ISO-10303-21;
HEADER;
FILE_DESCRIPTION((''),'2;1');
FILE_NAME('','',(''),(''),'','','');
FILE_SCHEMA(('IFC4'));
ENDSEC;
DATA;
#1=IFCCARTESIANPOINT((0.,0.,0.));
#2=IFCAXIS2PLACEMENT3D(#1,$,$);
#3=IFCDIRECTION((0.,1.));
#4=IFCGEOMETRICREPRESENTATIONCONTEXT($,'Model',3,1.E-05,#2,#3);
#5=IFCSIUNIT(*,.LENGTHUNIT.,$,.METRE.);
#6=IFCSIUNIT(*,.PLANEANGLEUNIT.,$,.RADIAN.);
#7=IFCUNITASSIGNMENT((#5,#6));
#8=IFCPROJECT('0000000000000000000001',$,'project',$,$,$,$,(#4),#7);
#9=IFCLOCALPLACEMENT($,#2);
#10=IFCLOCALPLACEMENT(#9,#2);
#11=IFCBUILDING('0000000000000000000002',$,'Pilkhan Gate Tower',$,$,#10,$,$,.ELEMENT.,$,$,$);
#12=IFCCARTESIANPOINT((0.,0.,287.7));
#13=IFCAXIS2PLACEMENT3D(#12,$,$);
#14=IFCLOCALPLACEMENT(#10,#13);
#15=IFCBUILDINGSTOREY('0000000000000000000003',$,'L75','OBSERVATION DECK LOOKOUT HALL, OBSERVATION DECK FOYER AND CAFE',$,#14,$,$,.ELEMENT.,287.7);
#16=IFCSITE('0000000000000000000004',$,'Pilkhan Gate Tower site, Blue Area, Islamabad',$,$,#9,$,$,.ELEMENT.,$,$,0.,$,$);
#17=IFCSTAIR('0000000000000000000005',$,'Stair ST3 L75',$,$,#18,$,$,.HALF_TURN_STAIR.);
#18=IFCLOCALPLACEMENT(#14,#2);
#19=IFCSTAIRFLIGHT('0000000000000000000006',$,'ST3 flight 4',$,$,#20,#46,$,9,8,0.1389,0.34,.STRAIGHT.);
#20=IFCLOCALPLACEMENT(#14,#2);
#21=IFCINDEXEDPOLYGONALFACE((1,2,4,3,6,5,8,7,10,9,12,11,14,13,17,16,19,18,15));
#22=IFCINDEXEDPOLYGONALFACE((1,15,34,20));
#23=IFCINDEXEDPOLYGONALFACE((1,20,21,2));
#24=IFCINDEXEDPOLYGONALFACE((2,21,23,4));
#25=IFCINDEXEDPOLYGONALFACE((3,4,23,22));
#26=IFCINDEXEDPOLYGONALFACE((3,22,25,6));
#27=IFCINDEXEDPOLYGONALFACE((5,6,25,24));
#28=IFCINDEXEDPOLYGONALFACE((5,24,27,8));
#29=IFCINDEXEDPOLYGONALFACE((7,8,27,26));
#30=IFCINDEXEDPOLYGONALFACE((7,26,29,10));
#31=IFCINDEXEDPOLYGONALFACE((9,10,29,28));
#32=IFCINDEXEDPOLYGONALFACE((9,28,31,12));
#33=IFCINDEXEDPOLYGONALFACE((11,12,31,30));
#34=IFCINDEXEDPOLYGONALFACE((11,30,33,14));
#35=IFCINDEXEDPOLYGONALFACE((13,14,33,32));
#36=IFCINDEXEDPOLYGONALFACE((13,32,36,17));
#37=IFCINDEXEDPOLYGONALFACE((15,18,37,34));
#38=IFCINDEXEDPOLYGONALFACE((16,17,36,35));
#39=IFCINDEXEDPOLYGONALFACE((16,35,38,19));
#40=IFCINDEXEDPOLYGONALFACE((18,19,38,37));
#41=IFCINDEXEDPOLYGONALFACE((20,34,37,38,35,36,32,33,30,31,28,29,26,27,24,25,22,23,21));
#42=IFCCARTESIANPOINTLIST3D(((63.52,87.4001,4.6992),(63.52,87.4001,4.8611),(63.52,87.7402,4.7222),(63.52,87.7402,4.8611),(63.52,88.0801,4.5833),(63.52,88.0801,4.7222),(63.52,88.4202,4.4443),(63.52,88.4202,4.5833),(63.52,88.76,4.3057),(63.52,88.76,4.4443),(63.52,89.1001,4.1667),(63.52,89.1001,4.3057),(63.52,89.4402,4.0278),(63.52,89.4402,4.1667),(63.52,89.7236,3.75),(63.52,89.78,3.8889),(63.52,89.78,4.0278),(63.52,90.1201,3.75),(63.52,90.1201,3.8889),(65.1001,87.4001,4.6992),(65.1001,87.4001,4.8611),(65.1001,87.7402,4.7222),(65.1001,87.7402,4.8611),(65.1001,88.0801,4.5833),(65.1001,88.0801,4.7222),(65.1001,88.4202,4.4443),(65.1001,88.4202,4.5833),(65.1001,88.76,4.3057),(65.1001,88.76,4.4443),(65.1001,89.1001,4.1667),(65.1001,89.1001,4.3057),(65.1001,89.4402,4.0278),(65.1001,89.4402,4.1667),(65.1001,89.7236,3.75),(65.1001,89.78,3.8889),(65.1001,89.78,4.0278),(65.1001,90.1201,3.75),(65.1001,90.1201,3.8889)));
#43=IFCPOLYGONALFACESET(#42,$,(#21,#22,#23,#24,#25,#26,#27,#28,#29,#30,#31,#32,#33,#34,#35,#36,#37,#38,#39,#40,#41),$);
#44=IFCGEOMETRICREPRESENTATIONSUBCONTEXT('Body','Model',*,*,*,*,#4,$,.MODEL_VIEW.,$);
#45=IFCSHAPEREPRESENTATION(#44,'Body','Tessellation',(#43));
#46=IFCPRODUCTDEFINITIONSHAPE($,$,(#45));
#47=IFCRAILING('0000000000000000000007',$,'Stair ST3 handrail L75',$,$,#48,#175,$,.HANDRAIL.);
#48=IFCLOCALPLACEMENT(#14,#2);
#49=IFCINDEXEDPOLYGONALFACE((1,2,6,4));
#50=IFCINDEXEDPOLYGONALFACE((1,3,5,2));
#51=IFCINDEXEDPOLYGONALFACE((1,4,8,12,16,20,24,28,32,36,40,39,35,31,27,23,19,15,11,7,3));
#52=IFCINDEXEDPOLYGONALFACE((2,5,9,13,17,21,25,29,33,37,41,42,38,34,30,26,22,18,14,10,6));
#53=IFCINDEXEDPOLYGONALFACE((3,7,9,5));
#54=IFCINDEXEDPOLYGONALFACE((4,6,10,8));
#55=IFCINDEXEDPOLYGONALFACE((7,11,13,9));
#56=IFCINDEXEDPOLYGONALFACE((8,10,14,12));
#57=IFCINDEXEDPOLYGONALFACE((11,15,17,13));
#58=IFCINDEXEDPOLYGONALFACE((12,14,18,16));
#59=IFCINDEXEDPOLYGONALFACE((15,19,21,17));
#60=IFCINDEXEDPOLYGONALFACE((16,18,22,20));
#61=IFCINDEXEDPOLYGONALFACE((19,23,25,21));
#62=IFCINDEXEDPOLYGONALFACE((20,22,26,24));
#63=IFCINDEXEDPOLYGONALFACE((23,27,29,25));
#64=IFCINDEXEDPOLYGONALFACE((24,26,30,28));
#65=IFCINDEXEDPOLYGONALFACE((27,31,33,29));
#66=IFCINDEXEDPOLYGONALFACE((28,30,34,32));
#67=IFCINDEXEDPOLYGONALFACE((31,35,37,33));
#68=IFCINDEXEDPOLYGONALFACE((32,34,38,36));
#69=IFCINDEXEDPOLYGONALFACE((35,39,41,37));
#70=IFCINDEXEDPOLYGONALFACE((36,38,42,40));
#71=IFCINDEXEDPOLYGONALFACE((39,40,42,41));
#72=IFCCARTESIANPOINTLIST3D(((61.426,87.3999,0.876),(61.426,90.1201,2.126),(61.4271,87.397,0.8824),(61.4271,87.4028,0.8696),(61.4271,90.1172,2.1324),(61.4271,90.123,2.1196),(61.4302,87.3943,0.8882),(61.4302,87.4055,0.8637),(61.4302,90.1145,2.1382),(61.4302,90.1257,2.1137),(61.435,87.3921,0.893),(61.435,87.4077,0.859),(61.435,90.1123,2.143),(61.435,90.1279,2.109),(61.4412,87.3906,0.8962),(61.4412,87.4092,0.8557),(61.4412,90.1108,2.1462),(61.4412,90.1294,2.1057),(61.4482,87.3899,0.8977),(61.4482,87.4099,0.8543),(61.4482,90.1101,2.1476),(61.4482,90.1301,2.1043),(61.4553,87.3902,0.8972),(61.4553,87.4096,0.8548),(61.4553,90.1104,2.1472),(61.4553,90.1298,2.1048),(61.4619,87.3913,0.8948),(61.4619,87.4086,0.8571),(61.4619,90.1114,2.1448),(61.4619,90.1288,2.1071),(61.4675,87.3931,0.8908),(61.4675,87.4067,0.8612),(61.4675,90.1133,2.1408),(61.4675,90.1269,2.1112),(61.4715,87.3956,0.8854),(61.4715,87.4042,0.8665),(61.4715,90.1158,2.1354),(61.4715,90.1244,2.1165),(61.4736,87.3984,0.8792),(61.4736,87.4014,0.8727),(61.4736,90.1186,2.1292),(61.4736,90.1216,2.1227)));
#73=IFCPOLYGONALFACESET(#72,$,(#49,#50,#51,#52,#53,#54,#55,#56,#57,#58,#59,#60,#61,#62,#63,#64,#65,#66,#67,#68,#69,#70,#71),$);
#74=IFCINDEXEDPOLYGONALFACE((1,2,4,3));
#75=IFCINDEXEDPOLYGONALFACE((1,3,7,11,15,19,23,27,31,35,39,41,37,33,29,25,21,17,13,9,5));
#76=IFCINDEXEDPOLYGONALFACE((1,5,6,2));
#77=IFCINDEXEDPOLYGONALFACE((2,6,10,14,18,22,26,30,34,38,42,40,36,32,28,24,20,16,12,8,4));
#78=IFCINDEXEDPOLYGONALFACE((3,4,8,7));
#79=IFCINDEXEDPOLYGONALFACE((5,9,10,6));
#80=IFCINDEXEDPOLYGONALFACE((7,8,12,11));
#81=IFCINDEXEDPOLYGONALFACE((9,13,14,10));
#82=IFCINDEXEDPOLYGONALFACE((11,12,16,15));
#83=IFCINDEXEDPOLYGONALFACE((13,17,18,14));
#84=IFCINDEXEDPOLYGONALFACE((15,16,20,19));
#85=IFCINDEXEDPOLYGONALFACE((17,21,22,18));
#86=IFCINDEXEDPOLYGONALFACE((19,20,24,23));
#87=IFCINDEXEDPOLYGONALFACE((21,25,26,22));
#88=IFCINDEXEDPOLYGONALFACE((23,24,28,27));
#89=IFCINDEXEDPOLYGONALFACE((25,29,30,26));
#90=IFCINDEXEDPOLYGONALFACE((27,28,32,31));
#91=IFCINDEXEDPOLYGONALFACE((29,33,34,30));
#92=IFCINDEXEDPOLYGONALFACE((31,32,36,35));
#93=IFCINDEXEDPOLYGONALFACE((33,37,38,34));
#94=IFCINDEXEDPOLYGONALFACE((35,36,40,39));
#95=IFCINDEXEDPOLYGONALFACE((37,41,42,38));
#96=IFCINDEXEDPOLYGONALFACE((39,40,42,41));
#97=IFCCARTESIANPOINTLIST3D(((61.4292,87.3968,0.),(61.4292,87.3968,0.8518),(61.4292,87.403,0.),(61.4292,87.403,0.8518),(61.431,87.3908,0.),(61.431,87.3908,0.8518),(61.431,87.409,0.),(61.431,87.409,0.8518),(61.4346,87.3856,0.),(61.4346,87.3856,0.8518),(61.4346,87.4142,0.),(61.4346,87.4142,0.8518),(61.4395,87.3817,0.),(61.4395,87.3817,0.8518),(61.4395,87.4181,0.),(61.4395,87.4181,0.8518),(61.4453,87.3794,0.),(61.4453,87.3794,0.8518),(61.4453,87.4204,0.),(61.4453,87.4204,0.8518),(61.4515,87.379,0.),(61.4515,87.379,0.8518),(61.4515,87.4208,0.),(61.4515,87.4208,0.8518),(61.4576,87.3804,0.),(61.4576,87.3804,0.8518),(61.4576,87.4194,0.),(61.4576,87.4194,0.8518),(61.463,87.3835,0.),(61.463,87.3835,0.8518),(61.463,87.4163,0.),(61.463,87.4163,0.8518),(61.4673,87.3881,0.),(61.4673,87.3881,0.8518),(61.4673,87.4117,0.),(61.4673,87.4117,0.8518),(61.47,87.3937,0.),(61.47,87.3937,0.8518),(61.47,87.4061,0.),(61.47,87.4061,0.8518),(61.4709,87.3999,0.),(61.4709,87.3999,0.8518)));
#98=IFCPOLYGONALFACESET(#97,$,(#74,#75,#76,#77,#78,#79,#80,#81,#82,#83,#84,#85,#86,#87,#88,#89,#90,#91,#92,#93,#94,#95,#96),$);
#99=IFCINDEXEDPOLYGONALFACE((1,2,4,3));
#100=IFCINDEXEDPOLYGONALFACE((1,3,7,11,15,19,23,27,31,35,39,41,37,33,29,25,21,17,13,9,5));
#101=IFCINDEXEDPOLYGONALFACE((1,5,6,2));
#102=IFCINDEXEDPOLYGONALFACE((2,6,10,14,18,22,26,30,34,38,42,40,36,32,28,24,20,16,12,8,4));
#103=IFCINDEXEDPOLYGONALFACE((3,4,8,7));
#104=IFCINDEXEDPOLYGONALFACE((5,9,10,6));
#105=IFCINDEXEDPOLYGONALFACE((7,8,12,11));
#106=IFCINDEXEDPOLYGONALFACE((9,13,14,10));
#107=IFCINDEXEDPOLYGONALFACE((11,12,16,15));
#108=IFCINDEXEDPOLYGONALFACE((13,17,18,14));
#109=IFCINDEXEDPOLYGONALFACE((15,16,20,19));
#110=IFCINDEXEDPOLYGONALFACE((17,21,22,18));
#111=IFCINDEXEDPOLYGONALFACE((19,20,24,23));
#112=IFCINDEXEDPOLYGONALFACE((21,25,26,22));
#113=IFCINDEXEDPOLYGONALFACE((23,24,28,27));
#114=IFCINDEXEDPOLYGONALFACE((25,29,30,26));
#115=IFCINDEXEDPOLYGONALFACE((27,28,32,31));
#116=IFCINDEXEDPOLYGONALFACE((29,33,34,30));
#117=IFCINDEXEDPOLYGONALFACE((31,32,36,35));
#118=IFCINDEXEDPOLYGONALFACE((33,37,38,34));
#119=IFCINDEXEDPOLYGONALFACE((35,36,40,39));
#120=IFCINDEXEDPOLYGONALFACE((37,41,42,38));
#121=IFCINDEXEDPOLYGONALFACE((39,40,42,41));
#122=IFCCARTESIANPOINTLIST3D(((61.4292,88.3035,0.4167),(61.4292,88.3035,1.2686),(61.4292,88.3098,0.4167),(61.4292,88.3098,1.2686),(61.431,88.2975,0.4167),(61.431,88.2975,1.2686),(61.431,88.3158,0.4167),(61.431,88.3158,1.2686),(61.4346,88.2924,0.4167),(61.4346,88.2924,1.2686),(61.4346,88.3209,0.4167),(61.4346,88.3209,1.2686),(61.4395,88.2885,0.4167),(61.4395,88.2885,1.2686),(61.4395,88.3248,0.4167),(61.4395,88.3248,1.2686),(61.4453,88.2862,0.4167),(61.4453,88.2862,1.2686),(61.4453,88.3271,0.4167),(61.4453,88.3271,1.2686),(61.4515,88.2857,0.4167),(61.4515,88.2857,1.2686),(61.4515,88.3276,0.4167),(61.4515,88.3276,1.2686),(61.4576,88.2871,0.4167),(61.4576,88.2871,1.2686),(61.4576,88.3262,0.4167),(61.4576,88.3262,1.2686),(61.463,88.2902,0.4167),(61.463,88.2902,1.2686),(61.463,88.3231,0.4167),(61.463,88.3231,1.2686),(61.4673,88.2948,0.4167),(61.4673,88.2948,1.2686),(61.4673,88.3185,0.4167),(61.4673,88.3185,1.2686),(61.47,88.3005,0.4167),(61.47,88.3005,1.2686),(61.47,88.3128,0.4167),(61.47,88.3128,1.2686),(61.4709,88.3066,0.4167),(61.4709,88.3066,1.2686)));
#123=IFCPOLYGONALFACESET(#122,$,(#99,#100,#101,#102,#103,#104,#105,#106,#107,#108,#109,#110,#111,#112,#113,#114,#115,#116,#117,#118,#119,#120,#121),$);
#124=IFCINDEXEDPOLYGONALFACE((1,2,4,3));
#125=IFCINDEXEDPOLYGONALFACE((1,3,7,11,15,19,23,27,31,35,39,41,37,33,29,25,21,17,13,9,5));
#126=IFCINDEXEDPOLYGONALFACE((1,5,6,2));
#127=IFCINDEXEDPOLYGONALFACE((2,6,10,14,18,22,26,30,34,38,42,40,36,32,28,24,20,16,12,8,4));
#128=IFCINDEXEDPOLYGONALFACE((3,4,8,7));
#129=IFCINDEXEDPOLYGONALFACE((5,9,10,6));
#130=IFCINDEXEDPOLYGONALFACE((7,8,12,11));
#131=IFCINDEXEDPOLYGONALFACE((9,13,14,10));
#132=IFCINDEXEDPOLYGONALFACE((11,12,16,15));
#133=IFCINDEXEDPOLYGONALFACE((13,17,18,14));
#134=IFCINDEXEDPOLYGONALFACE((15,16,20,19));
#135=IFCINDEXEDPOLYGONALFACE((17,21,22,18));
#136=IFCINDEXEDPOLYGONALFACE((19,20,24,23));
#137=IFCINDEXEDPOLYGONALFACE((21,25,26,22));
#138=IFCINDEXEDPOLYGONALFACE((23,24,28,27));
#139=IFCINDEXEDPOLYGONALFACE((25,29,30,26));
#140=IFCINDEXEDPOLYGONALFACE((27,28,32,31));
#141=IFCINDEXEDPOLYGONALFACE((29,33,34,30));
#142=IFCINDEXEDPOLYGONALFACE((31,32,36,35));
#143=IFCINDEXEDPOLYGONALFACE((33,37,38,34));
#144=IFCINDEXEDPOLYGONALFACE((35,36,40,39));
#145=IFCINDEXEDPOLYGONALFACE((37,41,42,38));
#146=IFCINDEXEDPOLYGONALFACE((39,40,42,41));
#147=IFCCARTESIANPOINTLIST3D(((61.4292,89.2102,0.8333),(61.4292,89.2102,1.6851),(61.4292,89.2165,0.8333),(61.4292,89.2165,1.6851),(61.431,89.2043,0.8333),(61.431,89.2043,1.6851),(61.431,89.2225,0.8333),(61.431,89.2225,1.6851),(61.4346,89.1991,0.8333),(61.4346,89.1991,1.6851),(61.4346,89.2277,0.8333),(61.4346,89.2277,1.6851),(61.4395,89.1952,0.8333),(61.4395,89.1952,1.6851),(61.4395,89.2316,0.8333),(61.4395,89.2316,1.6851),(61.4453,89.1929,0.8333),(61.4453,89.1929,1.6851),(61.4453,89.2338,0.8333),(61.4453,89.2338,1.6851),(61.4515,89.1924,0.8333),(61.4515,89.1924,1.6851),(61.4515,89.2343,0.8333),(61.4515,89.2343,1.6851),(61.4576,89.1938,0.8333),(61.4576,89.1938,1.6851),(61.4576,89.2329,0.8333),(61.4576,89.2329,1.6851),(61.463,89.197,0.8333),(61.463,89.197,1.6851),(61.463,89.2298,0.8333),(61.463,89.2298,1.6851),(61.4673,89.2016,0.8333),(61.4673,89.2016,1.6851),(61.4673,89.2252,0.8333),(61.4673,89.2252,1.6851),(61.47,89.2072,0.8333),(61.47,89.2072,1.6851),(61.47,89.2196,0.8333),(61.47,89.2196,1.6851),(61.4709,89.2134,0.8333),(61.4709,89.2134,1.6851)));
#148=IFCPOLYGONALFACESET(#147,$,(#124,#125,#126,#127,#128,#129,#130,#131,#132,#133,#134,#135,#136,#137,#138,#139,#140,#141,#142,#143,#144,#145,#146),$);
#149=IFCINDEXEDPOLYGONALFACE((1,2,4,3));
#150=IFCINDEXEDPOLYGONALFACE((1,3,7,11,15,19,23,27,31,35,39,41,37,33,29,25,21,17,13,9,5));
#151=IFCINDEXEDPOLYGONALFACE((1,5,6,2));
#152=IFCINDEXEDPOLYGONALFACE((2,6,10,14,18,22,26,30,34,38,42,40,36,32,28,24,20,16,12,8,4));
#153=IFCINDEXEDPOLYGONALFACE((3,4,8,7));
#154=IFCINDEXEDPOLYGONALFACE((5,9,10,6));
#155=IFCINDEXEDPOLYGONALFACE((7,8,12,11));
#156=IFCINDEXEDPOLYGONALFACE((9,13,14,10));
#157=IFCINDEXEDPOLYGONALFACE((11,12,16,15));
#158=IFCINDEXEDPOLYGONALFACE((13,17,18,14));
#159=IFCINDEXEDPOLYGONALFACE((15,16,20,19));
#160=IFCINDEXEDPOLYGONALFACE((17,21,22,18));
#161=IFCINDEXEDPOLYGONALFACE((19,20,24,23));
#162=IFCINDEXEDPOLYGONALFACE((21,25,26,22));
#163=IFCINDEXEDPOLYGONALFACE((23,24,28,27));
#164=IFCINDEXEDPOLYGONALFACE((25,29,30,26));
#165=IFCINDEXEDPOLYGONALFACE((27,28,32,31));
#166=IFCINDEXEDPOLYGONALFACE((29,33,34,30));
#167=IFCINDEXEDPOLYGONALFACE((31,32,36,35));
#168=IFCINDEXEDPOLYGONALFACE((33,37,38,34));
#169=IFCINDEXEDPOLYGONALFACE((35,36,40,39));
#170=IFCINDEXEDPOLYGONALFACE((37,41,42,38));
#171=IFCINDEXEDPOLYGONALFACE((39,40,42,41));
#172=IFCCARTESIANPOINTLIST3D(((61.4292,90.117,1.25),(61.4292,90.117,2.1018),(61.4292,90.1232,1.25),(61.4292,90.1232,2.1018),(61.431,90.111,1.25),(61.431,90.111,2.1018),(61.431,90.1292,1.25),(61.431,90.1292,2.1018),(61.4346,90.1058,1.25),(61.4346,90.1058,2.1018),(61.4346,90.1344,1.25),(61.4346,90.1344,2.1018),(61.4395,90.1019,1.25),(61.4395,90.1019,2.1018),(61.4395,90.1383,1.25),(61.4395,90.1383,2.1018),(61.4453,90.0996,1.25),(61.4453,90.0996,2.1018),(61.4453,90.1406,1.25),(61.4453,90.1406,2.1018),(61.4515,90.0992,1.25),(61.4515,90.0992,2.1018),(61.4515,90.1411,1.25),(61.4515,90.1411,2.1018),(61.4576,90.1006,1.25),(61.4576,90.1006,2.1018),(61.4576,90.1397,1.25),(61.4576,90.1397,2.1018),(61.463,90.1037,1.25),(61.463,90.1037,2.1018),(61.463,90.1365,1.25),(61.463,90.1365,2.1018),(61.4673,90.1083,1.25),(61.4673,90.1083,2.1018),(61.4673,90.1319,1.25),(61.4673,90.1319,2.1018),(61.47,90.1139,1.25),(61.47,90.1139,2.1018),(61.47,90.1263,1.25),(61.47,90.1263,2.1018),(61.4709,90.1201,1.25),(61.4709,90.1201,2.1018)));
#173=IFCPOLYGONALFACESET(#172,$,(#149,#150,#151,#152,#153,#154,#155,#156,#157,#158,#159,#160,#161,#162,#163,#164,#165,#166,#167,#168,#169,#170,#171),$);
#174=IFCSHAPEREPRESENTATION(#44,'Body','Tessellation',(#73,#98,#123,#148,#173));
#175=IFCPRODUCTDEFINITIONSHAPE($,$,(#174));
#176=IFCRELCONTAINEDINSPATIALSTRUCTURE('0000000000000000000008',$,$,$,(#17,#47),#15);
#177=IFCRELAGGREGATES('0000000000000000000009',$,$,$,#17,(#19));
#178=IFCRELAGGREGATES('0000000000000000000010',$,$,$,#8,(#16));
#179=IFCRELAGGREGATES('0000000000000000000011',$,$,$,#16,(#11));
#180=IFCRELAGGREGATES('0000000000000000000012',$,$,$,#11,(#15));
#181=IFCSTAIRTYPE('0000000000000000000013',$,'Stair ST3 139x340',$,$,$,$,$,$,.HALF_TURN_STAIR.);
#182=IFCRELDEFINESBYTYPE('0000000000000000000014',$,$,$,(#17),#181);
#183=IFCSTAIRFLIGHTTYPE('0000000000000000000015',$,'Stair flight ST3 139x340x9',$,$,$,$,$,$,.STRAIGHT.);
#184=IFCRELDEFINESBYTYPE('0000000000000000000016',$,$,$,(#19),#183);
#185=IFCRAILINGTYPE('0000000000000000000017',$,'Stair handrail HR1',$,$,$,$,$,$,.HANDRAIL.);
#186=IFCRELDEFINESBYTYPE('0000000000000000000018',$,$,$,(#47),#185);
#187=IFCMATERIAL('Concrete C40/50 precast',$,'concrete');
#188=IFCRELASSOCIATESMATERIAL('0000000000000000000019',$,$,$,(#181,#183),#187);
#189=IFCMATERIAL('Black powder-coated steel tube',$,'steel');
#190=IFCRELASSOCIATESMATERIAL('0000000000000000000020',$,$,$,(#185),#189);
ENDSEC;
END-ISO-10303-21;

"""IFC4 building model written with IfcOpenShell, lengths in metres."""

from ifc_helpers import new_model, si_unit, direction, frame, origin, origin_2d, place, context, subcontext, project, spatial, polyline, circle, outline, extrude, material, type_object, element, aggregate, save


model = new_model("IFC4")

# Units and contexts
model_context = context("Model", 3, precision=1e-05, world=origin(), true_north=direction((0.0, 1.0)))
body_context = subcontext(model_context, "Body", "Model", "MODEL_VIEW")
ifc_project = project(units=[si_unit("LENGTHUNIT", "METRE"), si_unit("PLANEANGLEUNIT", "RADIAN")], contexts=[model_context])

# Site, building, storey
site_placement = place(None, origin())
site = spatial("IfcSite", under=ifc_project, at=site_placement, Name="Pilkhan Gate Tower site, Blue Area, Islamabad", CompositionType="ELEMENT", RefElevation=0.0)
building_placement = place(site_placement, origin())
building = spatial("IfcBuilding", under=site, at=building_placement, Name="Pilkhan Gate Tower", CompositionType="ELEMENT")
storey_placement = place(building_placement, frame((0.0, 0.0, 287.7)))
storey = spatial("IfcBuildingStorey", under=building, at=storey_placement, Name="L75", Description="OBSERVATION DECK LOOKOUT HALL, OBSERVATION DECK FOYER AND CAFE", CompositionType="ELEMENT", Elevation=287.7)

# Stair, stair flight
ifc_material_1 = material(Name="Concrete C40/50 precast", Category="concrete")
stair_type = type_object("IfcStairType", Name="Stair ST3 139x340", PredefinedType="HALF_TURN_STAIR", material=ifc_material_1)
stair_placement = place(storey_placement, origin())
stair = element("IfcStair", 1, at=stair_placement, inside=storey, type_object=stair_type, Name="Stair ST3 L75", PredefinedType="HALF_TURN_STAIR")
stair_flight_type = type_object("IfcStairFlightType", Name="Stair flight ST3 139x340x9", PredefinedType="STRAIGHT", material=ifc_material_1)
stair_flight_1_placement = place(storey_placement, frame((64.3101, 90.1201, 3.75), z_axis=(0.0, 0.0, 1.0), x_axis=(0.0, -1.0, 0.0)))
stair_flight_1 = element("IfcStairFlight", 2, at=stair_flight_1_placement, type_object=stair_flight_type, Name="ST3 flight 4", NumberOfRisers=9, NumberOfTreads=8, PredefinedType="STRAIGHT", RiserHeight=0.1389, TreadLength=0.34, context=body_context, shape_type="SweptSolid", body=[
    extrude(outline(polyline([(0.0, 0.0), (0.0, 0.1389), (0.3401, 0.1389), (0.3401, 0.2778), (0.6799, 0.2778), (0.6799, 0.4167), (1.02, 0.4167), (1.02, 0.5557), (1.3601, 0.5557), (1.3601, 0.6943), (1.7, 0.6943), (1.7, 0.8333), (2.04, 0.8333), (2.04, 0.9722), (2.3799, 0.9722), (2.3799, 1.1111), (2.72, 1.1111), (2.72, 1.25), (2.72, 0.9492), (0.3965, 0.0), (0.0, 0.0)])), frame((0.0, 0.79, 0.0), z_axis=(0.0, -1.0, 0.0), x_axis=(1.0, 0.0, 0.0)), (0.0, 0.0, 1.0), 1.5801),
])
aggregate(stair, [stair_flight_1])

# Railing
ifc_material_2 = material(Name="Black powder-coated steel tube", Category="steel")
railing_type_1 = type_object("IfcRailingType", Name="Stair handrail HR1", PredefinedType="HANDRAIL", material=ifc_material_2)
railing_1_placement = place(storey_placement, frame((61.45, 87.3999, 0.0)))
element("IfcRailing", 3, at=railing_1_placement, inside=storey, type_object=railing_type_1, Name="Stair ST3 handrail L75", PredefinedType="HANDRAIL", context=body_context, shape_type="SweptSolid", body=[
    extrude(circle(Radius=0.0239, at=origin_2d()), frame((0.0, 0.0, 0.876), z_axis=(0.0, 0.908655, 0.417547), x_axis=(-1.0, 0.0, 0.0)), (0.0, 0.0, 1.0), 2.9937),
    extrude(circle(Radius=0.021, at=origin_2d()), origin(), (0.0, 0.0, 1.0), 0.8518),
    extrude(circle(Radius=0.021, at=origin_2d()), frame((0.0, 0.9067, 0.4167)), (0.0, 0.0, 1.0), 0.8518),
    extrude(circle(Radius=0.021, at=origin_2d()), frame((0.0, 1.8135, 0.8333)), (0.0, 0.0, 1.0), 0.8518),
    extrude(circle(Radius=0.021, at=origin_2d()), frame((0.0, 2.7202, 1.25)), (0.0, 0.0, 1.0), 0.8518),
])

save(model, "model.ifc")
